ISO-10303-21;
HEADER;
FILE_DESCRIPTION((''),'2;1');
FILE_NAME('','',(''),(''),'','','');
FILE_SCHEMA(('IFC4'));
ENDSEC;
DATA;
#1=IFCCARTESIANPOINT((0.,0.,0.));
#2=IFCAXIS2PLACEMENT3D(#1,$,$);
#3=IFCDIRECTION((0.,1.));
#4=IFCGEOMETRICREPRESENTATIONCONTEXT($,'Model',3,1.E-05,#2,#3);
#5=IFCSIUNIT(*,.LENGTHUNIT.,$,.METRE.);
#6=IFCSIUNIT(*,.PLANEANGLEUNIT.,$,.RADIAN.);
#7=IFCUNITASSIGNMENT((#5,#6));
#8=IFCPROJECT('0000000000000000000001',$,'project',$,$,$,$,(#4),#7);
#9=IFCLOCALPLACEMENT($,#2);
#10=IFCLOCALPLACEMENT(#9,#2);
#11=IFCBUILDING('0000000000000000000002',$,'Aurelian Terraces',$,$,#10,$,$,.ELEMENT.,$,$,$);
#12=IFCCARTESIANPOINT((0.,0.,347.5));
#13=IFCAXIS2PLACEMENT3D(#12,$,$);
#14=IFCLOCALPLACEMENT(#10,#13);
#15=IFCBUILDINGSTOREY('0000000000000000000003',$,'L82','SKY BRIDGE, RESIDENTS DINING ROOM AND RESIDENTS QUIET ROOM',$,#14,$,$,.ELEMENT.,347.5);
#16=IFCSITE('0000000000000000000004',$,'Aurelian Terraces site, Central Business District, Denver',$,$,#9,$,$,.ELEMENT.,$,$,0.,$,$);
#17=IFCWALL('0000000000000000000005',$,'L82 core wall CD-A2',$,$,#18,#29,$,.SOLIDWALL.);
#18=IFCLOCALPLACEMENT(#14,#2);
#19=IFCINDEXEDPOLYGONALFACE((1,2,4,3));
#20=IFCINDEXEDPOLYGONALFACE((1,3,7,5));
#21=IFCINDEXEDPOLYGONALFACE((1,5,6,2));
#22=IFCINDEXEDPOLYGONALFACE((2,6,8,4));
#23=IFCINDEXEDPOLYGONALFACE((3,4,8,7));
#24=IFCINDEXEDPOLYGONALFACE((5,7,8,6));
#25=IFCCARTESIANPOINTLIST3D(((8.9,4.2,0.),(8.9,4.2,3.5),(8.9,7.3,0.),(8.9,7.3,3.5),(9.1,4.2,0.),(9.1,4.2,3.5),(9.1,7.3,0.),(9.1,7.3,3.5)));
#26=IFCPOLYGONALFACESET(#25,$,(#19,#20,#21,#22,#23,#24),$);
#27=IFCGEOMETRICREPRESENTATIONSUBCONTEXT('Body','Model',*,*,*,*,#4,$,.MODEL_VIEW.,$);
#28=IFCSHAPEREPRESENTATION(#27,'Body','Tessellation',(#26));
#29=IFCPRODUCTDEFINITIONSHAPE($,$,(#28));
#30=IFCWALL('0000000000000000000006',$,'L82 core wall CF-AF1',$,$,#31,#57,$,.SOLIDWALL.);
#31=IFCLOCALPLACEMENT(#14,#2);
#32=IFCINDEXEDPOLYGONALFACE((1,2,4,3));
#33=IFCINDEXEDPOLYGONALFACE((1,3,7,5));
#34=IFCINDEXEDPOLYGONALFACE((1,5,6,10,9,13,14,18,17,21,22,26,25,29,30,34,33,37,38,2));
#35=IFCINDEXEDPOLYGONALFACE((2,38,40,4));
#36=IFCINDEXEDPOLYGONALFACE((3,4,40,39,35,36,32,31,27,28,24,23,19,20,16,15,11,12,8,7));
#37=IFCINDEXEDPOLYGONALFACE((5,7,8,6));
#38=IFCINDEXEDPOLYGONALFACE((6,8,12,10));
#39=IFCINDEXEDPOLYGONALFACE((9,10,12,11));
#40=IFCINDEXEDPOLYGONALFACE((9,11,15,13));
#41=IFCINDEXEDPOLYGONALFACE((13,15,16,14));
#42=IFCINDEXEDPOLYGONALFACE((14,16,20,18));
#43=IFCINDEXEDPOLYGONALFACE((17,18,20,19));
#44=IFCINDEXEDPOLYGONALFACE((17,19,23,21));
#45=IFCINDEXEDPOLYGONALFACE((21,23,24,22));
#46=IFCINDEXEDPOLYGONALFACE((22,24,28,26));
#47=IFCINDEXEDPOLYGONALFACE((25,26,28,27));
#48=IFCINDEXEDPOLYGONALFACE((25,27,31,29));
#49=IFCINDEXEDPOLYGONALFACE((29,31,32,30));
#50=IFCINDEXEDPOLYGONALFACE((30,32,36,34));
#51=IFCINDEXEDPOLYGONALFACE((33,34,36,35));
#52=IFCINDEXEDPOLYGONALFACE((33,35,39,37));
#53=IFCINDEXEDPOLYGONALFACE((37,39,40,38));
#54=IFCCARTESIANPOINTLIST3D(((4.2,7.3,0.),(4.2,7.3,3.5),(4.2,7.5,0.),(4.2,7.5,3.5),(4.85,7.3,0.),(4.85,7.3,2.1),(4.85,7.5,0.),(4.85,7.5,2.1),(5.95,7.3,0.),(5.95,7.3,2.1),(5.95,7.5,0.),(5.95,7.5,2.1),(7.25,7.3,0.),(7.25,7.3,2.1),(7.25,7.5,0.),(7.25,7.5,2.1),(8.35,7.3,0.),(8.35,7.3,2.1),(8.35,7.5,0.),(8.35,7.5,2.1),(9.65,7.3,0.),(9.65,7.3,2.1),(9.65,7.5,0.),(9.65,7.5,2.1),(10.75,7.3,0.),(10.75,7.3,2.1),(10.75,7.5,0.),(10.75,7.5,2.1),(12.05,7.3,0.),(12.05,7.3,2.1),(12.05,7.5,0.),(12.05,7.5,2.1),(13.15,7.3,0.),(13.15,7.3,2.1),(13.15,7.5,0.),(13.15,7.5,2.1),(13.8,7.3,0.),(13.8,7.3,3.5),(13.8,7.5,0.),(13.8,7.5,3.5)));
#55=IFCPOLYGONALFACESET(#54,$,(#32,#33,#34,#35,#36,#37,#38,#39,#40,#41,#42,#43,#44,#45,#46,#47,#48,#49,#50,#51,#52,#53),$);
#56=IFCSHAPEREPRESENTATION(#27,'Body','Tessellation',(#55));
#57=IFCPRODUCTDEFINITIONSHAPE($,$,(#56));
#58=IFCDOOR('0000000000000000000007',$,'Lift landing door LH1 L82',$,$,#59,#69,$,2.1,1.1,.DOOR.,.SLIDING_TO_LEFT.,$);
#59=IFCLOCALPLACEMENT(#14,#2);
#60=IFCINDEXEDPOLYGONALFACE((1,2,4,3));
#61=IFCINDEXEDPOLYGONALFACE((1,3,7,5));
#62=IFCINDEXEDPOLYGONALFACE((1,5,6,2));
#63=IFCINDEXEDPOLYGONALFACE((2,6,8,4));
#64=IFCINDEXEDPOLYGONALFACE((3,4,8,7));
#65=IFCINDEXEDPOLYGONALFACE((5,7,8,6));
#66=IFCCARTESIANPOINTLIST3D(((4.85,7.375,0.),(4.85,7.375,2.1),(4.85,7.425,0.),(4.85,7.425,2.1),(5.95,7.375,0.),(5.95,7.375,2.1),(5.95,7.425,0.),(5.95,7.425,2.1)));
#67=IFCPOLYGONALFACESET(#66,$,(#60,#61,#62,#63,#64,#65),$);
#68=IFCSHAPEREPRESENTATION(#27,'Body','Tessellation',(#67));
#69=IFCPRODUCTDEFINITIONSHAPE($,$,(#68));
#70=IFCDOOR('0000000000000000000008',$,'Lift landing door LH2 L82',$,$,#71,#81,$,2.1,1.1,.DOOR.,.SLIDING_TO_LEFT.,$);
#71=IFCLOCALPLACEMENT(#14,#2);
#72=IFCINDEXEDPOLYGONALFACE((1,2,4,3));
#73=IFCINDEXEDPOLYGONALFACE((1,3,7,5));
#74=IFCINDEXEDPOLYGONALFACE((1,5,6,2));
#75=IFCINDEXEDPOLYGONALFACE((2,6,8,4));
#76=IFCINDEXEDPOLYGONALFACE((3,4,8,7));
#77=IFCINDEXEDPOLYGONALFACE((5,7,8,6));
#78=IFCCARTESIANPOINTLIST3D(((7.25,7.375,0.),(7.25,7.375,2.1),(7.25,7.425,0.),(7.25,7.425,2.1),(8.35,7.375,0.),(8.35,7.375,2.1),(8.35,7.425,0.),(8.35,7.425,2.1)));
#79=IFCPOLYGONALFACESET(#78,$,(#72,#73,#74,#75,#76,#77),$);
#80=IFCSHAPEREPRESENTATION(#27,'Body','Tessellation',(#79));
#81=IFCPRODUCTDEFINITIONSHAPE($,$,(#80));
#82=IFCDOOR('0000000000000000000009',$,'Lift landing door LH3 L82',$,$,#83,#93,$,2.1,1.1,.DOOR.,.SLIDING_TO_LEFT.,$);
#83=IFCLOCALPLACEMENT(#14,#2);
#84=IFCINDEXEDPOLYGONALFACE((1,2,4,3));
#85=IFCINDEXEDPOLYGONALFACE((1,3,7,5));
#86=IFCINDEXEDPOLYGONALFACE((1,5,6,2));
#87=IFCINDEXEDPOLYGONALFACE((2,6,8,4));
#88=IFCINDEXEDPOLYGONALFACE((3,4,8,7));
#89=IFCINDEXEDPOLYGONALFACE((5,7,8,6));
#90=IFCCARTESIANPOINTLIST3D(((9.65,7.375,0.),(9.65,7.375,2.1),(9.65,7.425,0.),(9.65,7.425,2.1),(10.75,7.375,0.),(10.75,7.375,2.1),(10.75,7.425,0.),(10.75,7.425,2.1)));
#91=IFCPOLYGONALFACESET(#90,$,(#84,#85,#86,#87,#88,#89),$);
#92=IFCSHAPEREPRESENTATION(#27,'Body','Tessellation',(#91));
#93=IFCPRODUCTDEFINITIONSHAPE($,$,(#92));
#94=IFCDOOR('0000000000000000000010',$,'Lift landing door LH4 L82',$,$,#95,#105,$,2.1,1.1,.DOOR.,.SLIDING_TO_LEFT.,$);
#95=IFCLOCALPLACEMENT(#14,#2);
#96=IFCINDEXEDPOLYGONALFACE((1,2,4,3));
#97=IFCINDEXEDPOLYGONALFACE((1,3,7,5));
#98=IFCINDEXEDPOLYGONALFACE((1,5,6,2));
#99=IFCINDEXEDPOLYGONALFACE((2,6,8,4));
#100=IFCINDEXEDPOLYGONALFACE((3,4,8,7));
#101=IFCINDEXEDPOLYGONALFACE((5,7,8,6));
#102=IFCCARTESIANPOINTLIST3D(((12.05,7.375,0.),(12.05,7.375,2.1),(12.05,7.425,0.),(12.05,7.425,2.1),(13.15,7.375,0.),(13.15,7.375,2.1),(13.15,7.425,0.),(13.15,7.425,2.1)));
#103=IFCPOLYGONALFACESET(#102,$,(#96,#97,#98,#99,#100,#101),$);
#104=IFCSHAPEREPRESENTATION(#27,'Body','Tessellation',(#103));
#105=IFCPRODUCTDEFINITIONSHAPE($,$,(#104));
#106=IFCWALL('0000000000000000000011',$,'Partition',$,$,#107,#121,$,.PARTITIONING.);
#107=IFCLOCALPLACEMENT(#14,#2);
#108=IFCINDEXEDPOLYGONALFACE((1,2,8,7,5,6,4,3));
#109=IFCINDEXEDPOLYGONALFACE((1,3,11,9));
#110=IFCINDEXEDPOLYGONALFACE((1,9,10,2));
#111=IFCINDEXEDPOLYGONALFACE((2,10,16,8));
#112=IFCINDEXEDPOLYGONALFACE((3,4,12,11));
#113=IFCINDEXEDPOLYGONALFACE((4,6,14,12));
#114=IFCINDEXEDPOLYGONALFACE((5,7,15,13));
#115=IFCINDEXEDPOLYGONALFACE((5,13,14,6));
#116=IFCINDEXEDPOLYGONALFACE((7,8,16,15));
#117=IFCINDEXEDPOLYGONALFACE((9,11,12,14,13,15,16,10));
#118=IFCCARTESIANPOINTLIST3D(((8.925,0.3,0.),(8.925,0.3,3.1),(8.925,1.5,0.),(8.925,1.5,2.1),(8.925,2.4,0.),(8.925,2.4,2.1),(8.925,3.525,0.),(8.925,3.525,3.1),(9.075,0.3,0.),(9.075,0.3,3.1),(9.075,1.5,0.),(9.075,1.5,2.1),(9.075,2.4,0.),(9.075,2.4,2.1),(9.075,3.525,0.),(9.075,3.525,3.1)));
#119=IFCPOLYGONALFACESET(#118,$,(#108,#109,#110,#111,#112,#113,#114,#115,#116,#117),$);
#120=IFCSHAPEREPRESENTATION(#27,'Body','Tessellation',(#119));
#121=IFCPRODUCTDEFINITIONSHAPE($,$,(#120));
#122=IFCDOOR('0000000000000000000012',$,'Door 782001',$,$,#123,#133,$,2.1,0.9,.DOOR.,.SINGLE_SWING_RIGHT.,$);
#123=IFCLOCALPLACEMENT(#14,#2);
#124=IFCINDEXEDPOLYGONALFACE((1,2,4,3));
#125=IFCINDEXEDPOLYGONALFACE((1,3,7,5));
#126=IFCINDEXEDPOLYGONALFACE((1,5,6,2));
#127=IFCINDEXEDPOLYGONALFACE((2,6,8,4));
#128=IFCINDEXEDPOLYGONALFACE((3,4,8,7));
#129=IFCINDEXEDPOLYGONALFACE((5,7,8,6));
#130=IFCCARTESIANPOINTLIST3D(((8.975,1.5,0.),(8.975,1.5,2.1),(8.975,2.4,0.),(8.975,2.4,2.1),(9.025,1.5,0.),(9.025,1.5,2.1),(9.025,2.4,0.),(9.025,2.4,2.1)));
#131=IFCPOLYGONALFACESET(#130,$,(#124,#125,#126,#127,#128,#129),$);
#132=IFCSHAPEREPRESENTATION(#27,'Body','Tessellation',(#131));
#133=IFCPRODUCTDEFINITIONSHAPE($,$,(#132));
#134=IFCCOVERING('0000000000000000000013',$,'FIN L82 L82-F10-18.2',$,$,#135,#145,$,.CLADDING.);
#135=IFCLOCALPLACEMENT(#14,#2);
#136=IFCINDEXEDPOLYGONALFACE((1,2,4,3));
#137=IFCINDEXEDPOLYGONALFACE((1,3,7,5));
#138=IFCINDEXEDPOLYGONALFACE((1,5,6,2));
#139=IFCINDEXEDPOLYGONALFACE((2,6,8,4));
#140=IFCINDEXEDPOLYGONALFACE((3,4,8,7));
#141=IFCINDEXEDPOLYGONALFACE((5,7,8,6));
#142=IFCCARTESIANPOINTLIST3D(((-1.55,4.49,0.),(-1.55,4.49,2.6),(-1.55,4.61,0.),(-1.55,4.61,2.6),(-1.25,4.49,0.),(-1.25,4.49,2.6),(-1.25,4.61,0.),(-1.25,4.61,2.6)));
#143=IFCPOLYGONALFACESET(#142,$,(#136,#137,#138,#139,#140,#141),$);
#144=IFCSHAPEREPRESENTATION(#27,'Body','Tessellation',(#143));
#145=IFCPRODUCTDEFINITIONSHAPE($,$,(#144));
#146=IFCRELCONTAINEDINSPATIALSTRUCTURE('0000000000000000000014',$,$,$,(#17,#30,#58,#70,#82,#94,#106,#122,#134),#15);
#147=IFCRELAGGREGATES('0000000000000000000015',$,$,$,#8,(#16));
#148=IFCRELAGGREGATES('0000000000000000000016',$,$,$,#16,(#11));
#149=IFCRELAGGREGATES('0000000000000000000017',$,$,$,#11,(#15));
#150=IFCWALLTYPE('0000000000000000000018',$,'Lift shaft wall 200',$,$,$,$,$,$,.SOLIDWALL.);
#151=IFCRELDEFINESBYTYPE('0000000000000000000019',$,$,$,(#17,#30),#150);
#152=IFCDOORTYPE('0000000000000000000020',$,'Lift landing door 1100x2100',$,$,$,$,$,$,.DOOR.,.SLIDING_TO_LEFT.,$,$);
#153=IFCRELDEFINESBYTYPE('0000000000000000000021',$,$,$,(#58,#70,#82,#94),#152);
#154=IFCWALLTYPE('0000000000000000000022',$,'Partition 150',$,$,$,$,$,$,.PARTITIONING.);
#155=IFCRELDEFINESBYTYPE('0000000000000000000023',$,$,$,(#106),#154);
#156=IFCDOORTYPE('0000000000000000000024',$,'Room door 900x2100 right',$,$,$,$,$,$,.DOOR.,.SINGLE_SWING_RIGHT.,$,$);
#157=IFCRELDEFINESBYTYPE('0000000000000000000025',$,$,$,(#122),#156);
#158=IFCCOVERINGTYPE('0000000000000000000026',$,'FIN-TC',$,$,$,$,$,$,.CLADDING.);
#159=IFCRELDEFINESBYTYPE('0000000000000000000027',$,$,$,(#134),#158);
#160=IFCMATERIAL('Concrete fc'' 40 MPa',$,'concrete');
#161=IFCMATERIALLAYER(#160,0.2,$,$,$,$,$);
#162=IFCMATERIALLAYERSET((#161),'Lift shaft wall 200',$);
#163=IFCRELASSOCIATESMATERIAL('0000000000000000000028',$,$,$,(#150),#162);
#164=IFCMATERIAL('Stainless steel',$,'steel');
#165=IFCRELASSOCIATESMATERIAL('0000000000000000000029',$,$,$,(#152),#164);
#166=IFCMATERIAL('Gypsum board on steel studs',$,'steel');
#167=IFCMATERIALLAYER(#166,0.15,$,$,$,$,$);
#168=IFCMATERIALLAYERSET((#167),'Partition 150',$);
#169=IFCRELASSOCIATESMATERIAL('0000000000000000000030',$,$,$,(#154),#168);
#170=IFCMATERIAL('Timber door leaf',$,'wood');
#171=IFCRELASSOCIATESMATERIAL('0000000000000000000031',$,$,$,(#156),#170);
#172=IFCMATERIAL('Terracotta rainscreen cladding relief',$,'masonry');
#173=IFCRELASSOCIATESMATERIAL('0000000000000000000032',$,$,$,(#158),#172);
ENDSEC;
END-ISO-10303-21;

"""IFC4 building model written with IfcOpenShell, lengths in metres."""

from ifc_helpers import new_model, si_unit, direction, frame, frame_2d, origin, origin_2d, place, context, subcontext, project, spatial, rectangle, extrude, source, transform, mapped, material, layer, layer_set, type_object, element, fill, save


model = new_model("IFC4")

# Units and contexts
model_context = context("Model", 3, precision=1e-05, world=origin(), true_north=direction((0.0, 1.0)))
body_context = subcontext(model_context, "Body", "Model", "MODEL_VIEW")
ifc_project = project(units=[si_unit("LENGTHUNIT", "METRE"), si_unit("PLANEANGLEUNIT", "RADIAN")], contexts=[model_context])

# Site, building, storey
site_placement = place(None, origin())
site = spatial("IfcSite", under=ifc_project, at=site_placement, Name="Aurelian Terraces site, Central Business District, Denver", CompositionType="ELEMENT", RefElevation=0.0)
building_placement = place(site_placement, origin())
building = spatial("IfcBuilding", under=site, at=building_placement, Name="Aurelian Terraces", CompositionType="ELEMENT")
storey_placement = place(building_placement, frame((0.0, 0.0, 347.5)))
storey = spatial("IfcBuildingStorey", under=building, at=storey_placement, Name="L82", Description="SKY BRIDGE, RESIDENTS DINING ROOM AND RESIDENTS QUIET ROOM", CompositionType="ELEMENT", Elevation=347.5)

# Shared definitions
shared_shape_1 = source(origin(), body_context, "Body", "SweptSolid", [
    extrude(rectangle(XDim=0.9, YDim=2.1, at=frame_2d((0.45, 1.05))), frame((0.0, 0.025, 0.0), z_axis=(0.0, -1.0, 0.0), x_axis=(1.0, 0.0, 0.0)), (0.0, 0.0, 1.0), 0.05),
])

# Wall
ifc_material_1 = material(Name="Concrete fc' 40 MPa", Category="concrete")
ifc_layer_1 = layer(ifc_material_1, 0.2)
ifc_layer_set_1 = layer_set([ifc_layer_1], Name="Lift shaft wall 200")
wall_type_1 = type_object("IfcWallType", Name="Lift shaft wall 200", PredefinedType="SOLIDWALL", material=ifc_layer_set_1)
shared_shape_2 = source(origin(), body_context, "Body", "SweptSolid", [
    extrude(rectangle(XDim=3.1, YDim=0.2, at=frame_2d((1.55, 0.0))), origin(), (0.0, 0.0, 1.0), 3.5),
])
for number, where, z_axis, x_axis, name in (
    (1, (9.0, 4.2, 0.0), (0.0, 0.0, 1.0), (0.0, 1.0, 0.0), "L82 core wall CD-A2"),
):
    element("IfcWall", number, at=place(storey_placement, frame(where, z_axis=z_axis, x_axis=x_axis)), inside=storey, type_object=wall_type_1, Name=name, PredefinedType="SOLIDWALL", context=body_context, shape_type="MappedRepresentation", body=[
        mapped(shared_shape_2, transform((0.0, 0.0, 0.0), scale=1.0)),
    ])

# Wall, openings, doors
shared_shape_3 = source(origin(), body_context, "Body", "SweptSolid", [
    extrude(rectangle(XDim=9.6, YDim=0.2, at=frame_2d((4.8, 0.0))), origin(), (0.0, 0.0, 1.0), 3.5),
])
wall_1_placement = place(storey_placement, frame((4.2, 7.4, 0.0), z_axis=(0.0, 0.0, 1.0), x_axis=(1.0, 0.0, 0.0)))
wall_1 = element("IfcWall", 2, at=wall_1_placement, inside=storey, type_object=wall_type_1, Name="L82 core wall CF-AF1", PredefinedType="SOLIDWALL", context=body_context, shape_type="MappedRepresentation", body=[
    mapped(shared_shape_3, transform((0.0, 0.0, 0.0), scale=1.0)),
])
shared_shape_4 = source(origin(), body_context, "Body", "SweptSolid", [
    extrude(rectangle(XDim=1.1, YDim=2.1, at=frame_2d((0.55, 1.05))), frame((0.0, 0.11, 0.0), z_axis=(0.0, -1.0, 0.0), x_axis=(1.0, 0.0, 0.0)), (0.0, 0.0, 1.0), 0.22),
])
opening_1_placement = place(wall_1_placement, frame((0.65, 0.0, 0.0)))
opening_1 = element("IfcOpeningElement", 3, at=opening_1_placement, cuts=wall_1, PredefinedType="OPENING", context=body_context, shape_type="MappedRepresentation", body=[
    mapped(shared_shape_4, transform((0.0, 0.0, 0.0), scale=1.0)),
])
opening_2_placement = place(wall_1_placement, frame((3.05, 0.0, 0.0)))
opening_2 = element("IfcOpeningElement", 4, at=opening_2_placement, cuts=wall_1, PredefinedType="OPENING", context=body_context, shape_type="MappedRepresentation", body=[
    mapped(shared_shape_4, transform((0.0, 0.0, 0.0), scale=1.0)),
])
opening_3_placement = place(wall_1_placement, frame((5.45, 0.0, 0.0)))
opening_3 = element("IfcOpeningElement", 5, at=opening_3_placement, cuts=wall_1, PredefinedType="OPENING", context=body_context, shape_type="MappedRepresentation", body=[
    mapped(shared_shape_4, transform((0.0, 0.0, 0.0), scale=1.0)),
])
opening_4_placement = place(wall_1_placement, frame((7.85, 0.0, 0.0)))
opening_4 = element("IfcOpeningElement", 6, at=opening_4_placement, cuts=wall_1, PredefinedType="OPENING", context=body_context, shape_type="MappedRepresentation", body=[
    mapped(shared_shape_4, transform((0.0, 0.0, 0.0), scale=1.0)),
])
ifc_material_2 = material(Name="Stainless steel", Category="steel")
door_type_1 = type_object("IfcDoorType", Name="Lift landing door 1100x2100", OperationType="SLIDING_TO_LEFT", PredefinedType="DOOR", material=ifc_material_2)
shared_shape_5 = source(origin(), body_context, "Body", "SweptSolid", [
    extrude(rectangle(XDim=1.1, YDim=2.1, at=frame_2d((0.55, 1.05))), frame((0.0, 0.025, 0.0), z_axis=(0.0, -1.0, 0.0), x_axis=(1.0, 0.0, 0.0)), (0.0, 0.0, 1.0), 0.05),
])
door_1_placement = place(opening_1_placement, origin())
door_1 = element("IfcDoor", 7, at=door_1_placement, inside=storey, type_object=door_type_1, Name="Lift landing door LH1 L82", OperationType="SLIDING_TO_LEFT", OverallHeight=2.1, OverallWidth=1.1, PredefinedType="DOOR", context=body_context, shape_type="MappedRepresentation", body=[
    mapped(shared_shape_5, transform((0.0, 0.0, 0.0), scale=1.0)),
])
fill(opening_1, door_1)
door_2_placement = place(opening_2_placement, origin())
door_2 = element("IfcDoor", 8, at=door_2_placement, inside=storey, type_object=door_type_1, Name="Lift landing door LH2 L82", OperationType="SLIDING_TO_LEFT", OverallHeight=2.1, OverallWidth=1.1, PredefinedType="DOOR", context=body_context, shape_type="MappedRepresentation", body=[
    mapped(shared_shape_5, transform((0.0, 0.0, 0.0), scale=1.0)),
])
fill(opening_2, door_2)
door_3_placement = place(opening_3_placement, origin())
door_3 = element("IfcDoor", 9, at=door_3_placement, inside=storey, type_object=door_type_1, Name="Lift landing door LH3 L82", OperationType="SLIDING_TO_LEFT", OverallHeight=2.1, OverallWidth=1.1, PredefinedType="DOOR", context=body_context, shape_type="MappedRepresentation", body=[
    mapped(shared_shape_5, transform((0.0, 0.0, 0.0), scale=1.0)),
])
fill(opening_3, door_3)
door_4_placement = place(opening_4_placement, origin())
door_4 = element("IfcDoor", 10, at=door_4_placement, inside=storey, type_object=door_type_1, Name="Lift landing door LH4 L82", OperationType="SLIDING_TO_LEFT", OverallHeight=2.1, OverallWidth=1.1, PredefinedType="DOOR", context=body_context, shape_type="MappedRepresentation", body=[
    mapped(shared_shape_5, transform((0.0, 0.0, 0.0), scale=1.0)),
])
fill(opening_4, door_4)

# Wall, opening, door
ifc_material_3 = material(Name="Gypsum board on steel studs", Category="steel")
ifc_layer_2 = layer(ifc_material_3, 0.15)
ifc_layer_set_2 = layer_set([ifc_layer_2], Name="Partition 150")
wall_type_2 = type_object("IfcWallType", Name="Partition 150", PredefinedType="PARTITIONING", material=ifc_layer_set_2)
shared_shape_6 = source(origin(), body_context, "Body", "SweptSolid", [
    extrude(rectangle(XDim=3.225, YDim=0.15, at=frame_2d((1.6125, 0.0))), origin(), (0.0, 0.0, 1.0), 3.1),
])
wall_2_placement = place(storey_placement, frame((9.0, 3.525, 0.0), z_axis=(0.0, 0.0, 1.0), x_axis=(0.0, -1.0, 0.0)))
wall_2 = element("IfcWall", 11, at=wall_2_placement, inside=storey, type_object=wall_type_2, Name="Partition", PredefinedType="PARTITIONING", context=body_context, shape_type="MappedRepresentation", body=[
    mapped(shared_shape_6, transform((0.0, 0.0, 0.0), scale=1.0)),
])
shared_shape_7 = source(origin(), body_context, "Body", "SweptSolid", [
    extrude(rectangle(XDim=0.9, YDim=2.1, at=frame_2d((0.45, 1.05))), frame((0.0, 0.085, 0.0), z_axis=(0.0, -1.0, 0.0), x_axis=(1.0, 0.0, 0.0)), (0.0, 0.0, 1.0), 0.17),
])
opening_5_placement = place(wall_2_placement, frame((1.125, 0.0, 0.0)))
opening_5 = element("IfcOpeningElement", 12, at=opening_5_placement, cuts=wall_2, PredefinedType="OPENING", context=body_context, shape_type="MappedRepresentation", body=[
    mapped(shared_shape_7, transform((0.0, 0.0, 0.0), scale=1.0)),
])
ifc_material_4 = material(Name="Timber door leaf", Category="wood")
door_type_2 = type_object("IfcDoorType", Name="Room door 900x2100 right", OperationType="SINGLE_SWING_RIGHT", PredefinedType="DOOR", material=ifc_material_4)
door_5_placement = place(opening_5_placement, origin())
door_5 = element("IfcDoor", 13, at=door_5_placement, inside=storey, type_object=door_type_2, Name="Door 782001", OperationType="SINGLE_SWING_RIGHT", OverallHeight=2.1, OverallWidth=0.9, PredefinedType="DOOR", context=body_context, shape_type="MappedRepresentation", body=[
    mapped(shared_shape_1, transform((0.0, 0.0, 0.0), scale=1.0)),
])
fill(opening_5, door_5)

# Covering
ifc_material_5 = material(Name="Terracotta rainscreen cladding relief", Category="masonry")
covering_type = type_object("IfcCoveringType", Name="FIN-TC", PredefinedType="CLADDING", material=ifc_material_5)
shared_shape_8 = source(origin(), body_context, "Body", "SweptSolid", [
    extrude(rectangle(XDim=0.3, YDim=0.12, at=origin_2d()), origin(), (0.0, 0.0, 1.0), 2.6),
])
covering_placement = place(storey_placement, frame((-1.4, 4.55, 0.0), z_axis=(0.0, 0.0, 1.0), x_axis=(1.0, 0.0, 0.0)))
element("IfcCovering", 14, at=covering_placement, inside=storey, type_object=covering_type, Name="FIN L82 L82-F10-18.2", PredefinedType="CLADDING", context=body_context, shape_type="MappedRepresentation", body=[
    mapped(shared_shape_8, transform((0.0, 0.0, 0.0), scale=1.0)),
])

save(model, "model.ifc")
